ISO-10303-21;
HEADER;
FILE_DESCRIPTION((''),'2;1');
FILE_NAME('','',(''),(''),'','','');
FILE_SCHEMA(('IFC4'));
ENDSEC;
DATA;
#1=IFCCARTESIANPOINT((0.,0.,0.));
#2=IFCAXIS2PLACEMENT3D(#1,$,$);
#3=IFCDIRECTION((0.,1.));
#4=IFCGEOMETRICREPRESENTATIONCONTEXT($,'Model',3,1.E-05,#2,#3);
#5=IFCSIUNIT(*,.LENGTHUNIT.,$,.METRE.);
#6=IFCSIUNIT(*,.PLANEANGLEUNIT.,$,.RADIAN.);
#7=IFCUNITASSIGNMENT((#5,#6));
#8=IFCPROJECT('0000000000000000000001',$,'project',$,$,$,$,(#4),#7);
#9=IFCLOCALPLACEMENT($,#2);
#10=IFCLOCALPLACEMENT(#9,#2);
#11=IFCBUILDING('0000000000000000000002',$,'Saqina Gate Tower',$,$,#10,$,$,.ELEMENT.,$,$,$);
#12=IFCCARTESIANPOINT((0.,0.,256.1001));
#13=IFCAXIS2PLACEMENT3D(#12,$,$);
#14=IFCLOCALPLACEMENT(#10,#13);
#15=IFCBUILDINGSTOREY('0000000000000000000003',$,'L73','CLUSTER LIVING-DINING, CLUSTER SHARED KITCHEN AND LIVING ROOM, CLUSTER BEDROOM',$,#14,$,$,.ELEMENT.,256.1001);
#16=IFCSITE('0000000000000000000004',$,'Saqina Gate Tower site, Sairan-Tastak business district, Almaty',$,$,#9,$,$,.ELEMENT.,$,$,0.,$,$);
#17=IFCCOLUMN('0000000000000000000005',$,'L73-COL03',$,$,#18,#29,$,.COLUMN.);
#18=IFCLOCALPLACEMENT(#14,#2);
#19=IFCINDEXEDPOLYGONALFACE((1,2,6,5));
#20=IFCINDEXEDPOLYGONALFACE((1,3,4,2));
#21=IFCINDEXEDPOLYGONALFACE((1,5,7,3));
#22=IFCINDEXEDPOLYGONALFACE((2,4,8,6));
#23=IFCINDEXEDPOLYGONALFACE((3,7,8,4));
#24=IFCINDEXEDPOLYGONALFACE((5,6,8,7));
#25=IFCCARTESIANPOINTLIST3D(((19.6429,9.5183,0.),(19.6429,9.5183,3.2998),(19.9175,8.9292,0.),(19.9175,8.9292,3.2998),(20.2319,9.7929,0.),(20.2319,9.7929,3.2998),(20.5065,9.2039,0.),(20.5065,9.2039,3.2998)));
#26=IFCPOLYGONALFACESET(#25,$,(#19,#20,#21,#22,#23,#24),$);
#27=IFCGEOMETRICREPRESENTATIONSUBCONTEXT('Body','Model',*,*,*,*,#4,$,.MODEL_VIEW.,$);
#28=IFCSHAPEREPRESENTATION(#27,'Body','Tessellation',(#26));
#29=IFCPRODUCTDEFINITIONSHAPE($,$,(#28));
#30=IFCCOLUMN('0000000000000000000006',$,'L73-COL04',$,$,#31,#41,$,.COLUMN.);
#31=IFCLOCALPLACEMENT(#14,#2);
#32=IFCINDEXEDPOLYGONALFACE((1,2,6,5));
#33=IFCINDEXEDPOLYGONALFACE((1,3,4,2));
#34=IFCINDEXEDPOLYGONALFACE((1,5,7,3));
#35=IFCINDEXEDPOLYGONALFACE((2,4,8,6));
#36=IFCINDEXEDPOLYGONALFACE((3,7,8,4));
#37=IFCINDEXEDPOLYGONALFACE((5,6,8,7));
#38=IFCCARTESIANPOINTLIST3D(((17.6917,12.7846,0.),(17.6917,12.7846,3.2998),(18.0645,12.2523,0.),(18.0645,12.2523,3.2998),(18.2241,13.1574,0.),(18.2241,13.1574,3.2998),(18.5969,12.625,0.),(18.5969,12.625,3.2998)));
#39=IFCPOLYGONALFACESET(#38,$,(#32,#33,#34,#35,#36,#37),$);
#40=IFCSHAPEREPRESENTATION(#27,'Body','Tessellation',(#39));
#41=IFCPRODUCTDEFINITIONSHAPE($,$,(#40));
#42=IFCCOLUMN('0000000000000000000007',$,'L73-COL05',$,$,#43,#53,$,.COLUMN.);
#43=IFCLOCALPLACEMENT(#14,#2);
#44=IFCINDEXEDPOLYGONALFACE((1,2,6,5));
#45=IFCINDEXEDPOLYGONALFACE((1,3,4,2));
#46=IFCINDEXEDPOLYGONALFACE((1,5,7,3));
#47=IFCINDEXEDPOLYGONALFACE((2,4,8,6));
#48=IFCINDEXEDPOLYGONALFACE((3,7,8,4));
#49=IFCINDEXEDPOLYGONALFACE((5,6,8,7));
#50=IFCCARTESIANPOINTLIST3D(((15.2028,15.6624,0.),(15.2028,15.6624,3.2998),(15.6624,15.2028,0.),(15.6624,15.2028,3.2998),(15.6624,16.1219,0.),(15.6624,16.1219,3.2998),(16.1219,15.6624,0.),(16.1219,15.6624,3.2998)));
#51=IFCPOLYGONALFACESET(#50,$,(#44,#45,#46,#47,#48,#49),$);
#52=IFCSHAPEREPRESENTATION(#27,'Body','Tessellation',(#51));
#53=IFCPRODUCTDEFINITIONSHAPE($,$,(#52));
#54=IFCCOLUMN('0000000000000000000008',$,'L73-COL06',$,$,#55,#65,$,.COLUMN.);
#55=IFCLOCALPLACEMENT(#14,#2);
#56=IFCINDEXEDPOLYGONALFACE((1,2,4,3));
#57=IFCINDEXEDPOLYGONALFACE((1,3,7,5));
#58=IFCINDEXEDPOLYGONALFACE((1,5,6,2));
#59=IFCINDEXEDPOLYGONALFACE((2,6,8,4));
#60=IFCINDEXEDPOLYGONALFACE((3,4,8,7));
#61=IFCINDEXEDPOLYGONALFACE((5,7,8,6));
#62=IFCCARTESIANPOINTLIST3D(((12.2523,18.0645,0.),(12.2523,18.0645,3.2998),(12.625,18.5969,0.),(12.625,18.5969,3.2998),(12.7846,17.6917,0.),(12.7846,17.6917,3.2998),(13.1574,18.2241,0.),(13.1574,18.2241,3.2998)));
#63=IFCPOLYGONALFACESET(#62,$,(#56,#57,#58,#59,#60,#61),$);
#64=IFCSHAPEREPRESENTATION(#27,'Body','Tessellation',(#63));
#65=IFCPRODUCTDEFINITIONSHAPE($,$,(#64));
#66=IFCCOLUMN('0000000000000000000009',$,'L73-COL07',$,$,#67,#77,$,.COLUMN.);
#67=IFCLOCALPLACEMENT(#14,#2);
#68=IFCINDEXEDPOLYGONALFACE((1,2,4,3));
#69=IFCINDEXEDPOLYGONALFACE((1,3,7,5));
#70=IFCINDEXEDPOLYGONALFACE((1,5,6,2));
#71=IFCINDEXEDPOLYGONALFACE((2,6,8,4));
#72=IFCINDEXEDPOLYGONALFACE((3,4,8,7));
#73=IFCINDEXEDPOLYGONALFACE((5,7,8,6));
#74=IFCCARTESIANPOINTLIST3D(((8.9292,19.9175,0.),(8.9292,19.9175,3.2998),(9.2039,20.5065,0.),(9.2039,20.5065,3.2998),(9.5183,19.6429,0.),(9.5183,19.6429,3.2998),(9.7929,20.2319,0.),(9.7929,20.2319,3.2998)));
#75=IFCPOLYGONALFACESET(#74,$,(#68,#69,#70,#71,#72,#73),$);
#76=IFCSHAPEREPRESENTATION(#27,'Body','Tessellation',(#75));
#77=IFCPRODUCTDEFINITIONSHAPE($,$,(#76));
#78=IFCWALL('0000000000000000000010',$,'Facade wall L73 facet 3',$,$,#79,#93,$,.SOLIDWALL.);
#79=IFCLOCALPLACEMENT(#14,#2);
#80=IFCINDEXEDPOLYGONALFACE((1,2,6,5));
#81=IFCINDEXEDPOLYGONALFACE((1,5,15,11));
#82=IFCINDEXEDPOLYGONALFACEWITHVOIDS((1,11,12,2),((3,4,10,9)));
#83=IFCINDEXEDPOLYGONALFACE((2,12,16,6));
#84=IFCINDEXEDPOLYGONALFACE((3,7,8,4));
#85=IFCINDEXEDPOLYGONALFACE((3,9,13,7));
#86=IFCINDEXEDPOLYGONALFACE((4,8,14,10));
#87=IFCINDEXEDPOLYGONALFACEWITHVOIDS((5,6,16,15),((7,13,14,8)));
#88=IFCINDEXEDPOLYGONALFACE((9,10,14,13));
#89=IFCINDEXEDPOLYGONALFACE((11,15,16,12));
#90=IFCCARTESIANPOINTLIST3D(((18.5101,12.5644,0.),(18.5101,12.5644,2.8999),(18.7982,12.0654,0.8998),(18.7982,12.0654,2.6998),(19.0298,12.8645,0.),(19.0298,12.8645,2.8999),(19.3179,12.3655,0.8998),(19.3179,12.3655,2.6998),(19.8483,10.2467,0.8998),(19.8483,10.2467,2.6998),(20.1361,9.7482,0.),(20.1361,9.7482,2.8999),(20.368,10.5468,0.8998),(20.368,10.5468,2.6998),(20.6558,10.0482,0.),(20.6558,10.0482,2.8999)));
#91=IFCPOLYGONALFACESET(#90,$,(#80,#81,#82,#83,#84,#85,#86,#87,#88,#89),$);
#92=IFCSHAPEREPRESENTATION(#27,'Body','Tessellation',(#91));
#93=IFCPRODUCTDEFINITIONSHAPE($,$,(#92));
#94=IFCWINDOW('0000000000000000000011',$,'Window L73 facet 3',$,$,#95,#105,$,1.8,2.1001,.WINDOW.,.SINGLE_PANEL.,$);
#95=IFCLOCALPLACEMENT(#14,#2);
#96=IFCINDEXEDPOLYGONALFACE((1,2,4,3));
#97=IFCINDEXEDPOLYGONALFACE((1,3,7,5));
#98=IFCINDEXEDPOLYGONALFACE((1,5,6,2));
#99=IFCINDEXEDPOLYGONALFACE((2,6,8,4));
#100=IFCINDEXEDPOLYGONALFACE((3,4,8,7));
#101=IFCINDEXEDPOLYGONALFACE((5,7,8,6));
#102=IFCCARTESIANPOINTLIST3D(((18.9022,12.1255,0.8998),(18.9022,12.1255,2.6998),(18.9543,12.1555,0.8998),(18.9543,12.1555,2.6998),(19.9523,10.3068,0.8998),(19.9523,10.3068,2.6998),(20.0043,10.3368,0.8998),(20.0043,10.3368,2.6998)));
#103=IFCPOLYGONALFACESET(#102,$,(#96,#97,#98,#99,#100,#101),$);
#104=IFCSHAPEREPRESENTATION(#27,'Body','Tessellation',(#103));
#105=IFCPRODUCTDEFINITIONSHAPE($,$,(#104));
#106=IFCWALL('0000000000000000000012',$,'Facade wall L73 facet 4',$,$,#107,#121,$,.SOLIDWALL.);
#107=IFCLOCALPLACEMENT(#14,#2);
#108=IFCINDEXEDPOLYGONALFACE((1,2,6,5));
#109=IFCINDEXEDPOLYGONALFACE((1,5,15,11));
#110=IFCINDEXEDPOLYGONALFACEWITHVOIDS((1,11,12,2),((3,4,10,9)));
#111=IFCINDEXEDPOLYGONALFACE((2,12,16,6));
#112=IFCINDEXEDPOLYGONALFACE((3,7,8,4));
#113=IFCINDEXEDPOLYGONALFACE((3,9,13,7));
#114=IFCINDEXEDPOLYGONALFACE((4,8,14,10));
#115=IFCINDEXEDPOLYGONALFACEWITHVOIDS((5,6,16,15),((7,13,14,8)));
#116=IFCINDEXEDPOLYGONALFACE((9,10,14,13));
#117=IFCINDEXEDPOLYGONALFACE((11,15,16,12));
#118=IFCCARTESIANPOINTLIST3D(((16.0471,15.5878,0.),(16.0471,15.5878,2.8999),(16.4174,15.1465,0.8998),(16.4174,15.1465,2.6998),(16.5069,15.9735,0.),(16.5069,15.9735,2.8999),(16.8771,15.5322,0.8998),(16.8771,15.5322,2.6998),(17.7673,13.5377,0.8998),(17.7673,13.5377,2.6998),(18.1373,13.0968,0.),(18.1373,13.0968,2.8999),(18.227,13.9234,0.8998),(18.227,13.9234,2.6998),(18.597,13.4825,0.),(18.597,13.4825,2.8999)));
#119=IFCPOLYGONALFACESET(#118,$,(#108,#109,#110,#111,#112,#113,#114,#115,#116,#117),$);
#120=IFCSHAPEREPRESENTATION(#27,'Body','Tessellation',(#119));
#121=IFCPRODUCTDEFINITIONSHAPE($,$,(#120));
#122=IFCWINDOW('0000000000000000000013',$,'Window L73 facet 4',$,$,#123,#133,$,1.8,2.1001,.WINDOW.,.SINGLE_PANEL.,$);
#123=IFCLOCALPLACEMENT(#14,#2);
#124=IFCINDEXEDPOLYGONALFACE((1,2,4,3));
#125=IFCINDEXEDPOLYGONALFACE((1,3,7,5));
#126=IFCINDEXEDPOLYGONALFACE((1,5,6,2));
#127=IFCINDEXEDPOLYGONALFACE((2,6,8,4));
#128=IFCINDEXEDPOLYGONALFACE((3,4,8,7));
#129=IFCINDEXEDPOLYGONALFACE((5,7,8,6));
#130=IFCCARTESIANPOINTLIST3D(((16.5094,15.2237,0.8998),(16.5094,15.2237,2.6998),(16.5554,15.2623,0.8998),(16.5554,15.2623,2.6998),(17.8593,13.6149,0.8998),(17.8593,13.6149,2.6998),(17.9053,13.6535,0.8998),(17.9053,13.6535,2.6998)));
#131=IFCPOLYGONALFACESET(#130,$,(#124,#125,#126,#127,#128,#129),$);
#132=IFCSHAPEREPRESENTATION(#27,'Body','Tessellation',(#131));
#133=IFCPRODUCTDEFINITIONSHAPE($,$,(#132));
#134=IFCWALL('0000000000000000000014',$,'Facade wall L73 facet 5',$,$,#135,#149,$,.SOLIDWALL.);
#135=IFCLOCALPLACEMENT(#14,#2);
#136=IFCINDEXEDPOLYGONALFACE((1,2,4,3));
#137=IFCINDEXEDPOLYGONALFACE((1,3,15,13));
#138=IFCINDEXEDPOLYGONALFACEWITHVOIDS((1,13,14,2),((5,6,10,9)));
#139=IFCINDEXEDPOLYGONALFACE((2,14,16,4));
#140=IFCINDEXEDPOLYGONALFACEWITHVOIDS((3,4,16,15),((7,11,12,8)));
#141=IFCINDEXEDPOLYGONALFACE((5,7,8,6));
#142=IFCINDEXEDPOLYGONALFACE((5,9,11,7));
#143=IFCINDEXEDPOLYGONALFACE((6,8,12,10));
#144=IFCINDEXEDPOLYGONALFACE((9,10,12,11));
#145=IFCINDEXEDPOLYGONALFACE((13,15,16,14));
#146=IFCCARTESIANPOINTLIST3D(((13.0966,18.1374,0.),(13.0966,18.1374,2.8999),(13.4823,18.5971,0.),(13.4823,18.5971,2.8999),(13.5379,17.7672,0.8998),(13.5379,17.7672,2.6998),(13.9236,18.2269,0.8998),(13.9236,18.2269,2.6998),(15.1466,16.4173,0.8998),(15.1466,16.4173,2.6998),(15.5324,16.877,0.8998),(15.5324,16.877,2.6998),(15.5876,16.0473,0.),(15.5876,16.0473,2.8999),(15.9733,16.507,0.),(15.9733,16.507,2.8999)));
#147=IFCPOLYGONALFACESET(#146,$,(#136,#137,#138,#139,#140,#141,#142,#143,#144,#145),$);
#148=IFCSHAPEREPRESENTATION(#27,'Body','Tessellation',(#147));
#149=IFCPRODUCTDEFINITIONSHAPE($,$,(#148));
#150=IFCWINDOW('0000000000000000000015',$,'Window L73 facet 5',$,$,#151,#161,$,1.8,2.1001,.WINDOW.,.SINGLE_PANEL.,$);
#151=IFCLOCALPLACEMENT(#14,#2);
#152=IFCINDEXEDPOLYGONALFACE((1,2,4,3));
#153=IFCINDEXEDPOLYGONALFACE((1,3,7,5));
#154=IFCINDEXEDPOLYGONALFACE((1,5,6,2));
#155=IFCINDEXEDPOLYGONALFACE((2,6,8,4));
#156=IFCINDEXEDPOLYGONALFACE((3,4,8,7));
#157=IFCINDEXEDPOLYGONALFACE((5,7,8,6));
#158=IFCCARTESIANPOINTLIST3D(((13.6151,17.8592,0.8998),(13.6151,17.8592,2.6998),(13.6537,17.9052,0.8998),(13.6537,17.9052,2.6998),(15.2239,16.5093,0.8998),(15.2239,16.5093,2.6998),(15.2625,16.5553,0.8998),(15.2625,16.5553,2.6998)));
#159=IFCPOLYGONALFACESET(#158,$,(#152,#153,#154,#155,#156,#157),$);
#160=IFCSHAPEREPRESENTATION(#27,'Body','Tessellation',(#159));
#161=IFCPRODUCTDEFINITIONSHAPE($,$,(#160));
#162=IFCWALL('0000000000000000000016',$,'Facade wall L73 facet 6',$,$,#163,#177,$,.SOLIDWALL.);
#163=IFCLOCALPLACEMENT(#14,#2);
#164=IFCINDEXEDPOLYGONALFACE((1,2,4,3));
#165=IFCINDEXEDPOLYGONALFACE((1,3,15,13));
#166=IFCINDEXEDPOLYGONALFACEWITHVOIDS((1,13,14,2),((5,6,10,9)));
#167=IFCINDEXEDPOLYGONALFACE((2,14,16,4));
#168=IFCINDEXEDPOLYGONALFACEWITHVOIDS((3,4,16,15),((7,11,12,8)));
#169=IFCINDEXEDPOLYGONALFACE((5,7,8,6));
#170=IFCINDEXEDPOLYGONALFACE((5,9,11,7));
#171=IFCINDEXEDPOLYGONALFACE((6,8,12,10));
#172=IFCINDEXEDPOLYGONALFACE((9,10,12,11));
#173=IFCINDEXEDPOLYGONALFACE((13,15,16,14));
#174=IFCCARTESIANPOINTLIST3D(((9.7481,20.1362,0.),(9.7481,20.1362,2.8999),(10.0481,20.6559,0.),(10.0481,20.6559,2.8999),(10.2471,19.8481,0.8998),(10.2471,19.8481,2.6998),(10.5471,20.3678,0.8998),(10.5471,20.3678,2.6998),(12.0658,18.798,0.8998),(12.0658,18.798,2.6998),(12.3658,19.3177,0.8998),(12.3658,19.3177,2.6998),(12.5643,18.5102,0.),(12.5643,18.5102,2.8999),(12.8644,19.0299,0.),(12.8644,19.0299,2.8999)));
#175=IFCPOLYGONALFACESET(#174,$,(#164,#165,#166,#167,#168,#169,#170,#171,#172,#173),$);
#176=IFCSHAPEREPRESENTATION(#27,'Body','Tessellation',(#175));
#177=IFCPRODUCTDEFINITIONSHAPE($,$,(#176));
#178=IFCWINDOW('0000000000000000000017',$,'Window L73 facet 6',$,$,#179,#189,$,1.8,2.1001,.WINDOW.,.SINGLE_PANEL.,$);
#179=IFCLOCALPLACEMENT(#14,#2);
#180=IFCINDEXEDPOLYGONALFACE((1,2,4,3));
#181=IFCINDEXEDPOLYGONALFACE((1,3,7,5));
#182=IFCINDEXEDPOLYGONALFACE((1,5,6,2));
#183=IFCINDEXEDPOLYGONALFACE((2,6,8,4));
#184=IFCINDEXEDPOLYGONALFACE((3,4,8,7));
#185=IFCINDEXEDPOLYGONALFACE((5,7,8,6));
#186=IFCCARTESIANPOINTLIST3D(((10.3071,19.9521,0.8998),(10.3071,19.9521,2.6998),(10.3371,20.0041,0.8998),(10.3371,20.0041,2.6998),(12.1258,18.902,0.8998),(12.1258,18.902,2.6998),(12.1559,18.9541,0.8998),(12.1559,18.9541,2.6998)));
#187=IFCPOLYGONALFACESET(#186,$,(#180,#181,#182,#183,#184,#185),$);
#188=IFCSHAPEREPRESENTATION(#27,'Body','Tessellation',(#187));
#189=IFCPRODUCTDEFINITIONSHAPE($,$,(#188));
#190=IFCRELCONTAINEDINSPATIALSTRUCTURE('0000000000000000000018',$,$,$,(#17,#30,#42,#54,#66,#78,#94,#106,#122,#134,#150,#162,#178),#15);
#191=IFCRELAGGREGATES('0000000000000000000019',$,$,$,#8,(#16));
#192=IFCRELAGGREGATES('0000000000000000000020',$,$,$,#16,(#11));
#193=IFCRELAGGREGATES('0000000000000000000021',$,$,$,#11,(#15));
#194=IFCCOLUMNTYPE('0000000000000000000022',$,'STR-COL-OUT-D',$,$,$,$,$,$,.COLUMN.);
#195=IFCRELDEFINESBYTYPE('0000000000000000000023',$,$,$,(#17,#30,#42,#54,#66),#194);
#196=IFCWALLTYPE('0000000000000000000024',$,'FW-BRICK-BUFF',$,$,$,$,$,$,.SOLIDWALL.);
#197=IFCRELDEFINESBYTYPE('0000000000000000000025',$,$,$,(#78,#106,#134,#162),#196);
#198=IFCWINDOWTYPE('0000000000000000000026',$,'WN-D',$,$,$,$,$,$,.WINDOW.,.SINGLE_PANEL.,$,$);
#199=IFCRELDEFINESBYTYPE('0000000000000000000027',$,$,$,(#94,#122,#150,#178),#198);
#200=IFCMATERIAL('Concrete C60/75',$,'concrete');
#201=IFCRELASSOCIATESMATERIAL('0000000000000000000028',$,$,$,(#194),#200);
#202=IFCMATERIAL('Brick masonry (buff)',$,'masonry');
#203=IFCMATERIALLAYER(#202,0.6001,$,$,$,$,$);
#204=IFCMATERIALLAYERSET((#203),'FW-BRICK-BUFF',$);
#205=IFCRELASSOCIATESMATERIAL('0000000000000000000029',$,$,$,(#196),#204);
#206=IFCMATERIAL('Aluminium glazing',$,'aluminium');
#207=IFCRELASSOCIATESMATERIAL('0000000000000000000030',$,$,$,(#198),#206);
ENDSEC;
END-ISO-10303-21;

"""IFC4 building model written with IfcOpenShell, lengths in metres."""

from ifc_helpers import new_model, si_unit, direction, frame, frame_2d, origin, origin_2d, place, context, subcontext, project, spatial, rectangle, extrude, material, layer, layer_set, material_profile, profile_set, type_object, element, fill, save


model = new_model("IFC4")

# Units and contexts
model_context = context("Model", 3, precision=1e-05, world=origin(), true_north=direction((0.0, 1.0)))
body_context = subcontext(model_context, "Body", "Model", "MODEL_VIEW")
ifc_project = project(units=[si_unit("LENGTHUNIT", "METRE"), si_unit("PLANEANGLEUNIT", "RADIAN")], contexts=[model_context])

# Site, building, storey
site_placement = place(None, origin())
site = spatial("IfcSite", under=ifc_project, at=site_placement, Name="Saqina Gate Tower site, Sairan-Tastak business district, Almaty", CompositionType="ELEMENT", RefElevation=0.0)
building_placement = place(site_placement, origin())
building = spatial("IfcBuilding", under=site, at=building_placement, Name="Saqina Gate Tower", CompositionType="ELEMENT")
storey_placement = place(building_placement, frame((0.0, 0.0, 256.1001)))
storey = spatial("IfcBuildingStorey", under=building, at=storey_placement, Name="L73", Description="CLUSTER LIVING-DINING, CLUSTER SHARED KITCHEN AND LIVING ROOM, CLUSTER BEDROOM", CompositionType="ELEMENT", Elevation=256.1001)

# Columns
ifc_material_1 = material(Name="Concrete C60/75", Category="concrete")
ifc_material_profile = material_profile(ifc_material_1, rectangle(XDim=0.6499, YDim=0.6499, at=origin_2d()), Name="RC 650x650")
ifc_profile_set = profile_set([ifc_material_profile], Name="Concrete C60/75")
column_type = type_object("IfcColumnType", Name="STR-COL-OUT-D", PredefinedType="COLUMN", material=ifc_profile_set)
for number, where, z_axis, x_axis, name in (
    (1, (20.0747, 9.3611, 0.0), (0.0, 0.0, 1.0), (0.906308, 0.422618, 0.0), "L73-COL03"),
    (2, (18.1443, 12.7048, 0.0), (0.0, 0.0, 1.0), (0.819152, 0.573576, 0.0), "L73-COL04"),
    (3, (15.6624, 15.6624, 0.0), (0.0, 0.0, 1.0), (0.707107, 0.707107, 0.0), "L73-COL05"),
    (4, (12.7048, 18.1443, 0.0), (0.0, 0.0, 1.0), (0.573576, 0.819152, 0.0), "L73-COL06"),
    (5, (9.3611, 20.0747, 0.0), (0.0, 0.0, 1.0), (0.422618, 0.906308, 0.0), "L73-COL07"),
):
    element("IfcColumn", number, at=place(storey_placement, frame(where, z_axis=z_axis, x_axis=x_axis)), inside=storey, type_object=column_type, Name=name, PredefinedType="COLUMN", context=body_context, shape_type="SweptSolid", body=[
        extrude(rectangle(XDim=0.6499, YDim=0.6499, at=origin_2d()), origin(), (0.0, 0.0, 1.0), 3.2998),
    ])

# Walls, openings, windows
ifc_material_2 = material(Name="Brick masonry (buff)", Category="masonry")
ifc_layer_1 = layer(ifc_material_2, 0.6001)
ifc_layer_set_1 = layer_set([ifc_layer_1], Name="FW-BRICK-BUFF")
wall_type_1 = type_object("IfcWallType", Name="FW-BRICK-BUFF", PredefinedType="SOLIDWALL", material=ifc_layer_set_1)
wall_1_placement = place(storey_placement, frame((20.396, 9.8982, 0.0), z_axis=(0.0, 0.0, 1.0), x_axis=(-0.500015, 0.866017, 0.0)))
wall_1 = element("IfcWall", 6, at=wall_1_placement, inside=storey, type_object=wall_type_1, Name="Facade wall L73 facet 3", PredefinedType="SOLIDWALL", context=body_context, shape_type="SweptSolid", body=[
    extrude(rectangle(XDim=3.252, YDim=0.6001, at=frame_2d((1.626, 0.0))), origin(), (0.0, 0.0, 1.0), 2.8999),
])
opening_1_placement = place(wall_1_placement, frame((0.5757, 0.0, 0.8999)))
opening_1 = element("IfcOpeningElement", 7, at=opening_1_placement, cuts=wall_1, PredefinedType="OPENING", context=body_context, shape_type="SweptSolid", body=[
    extrude(rectangle(XDim=2.1001, YDim=1.8, at=frame_2d((1.05, 0.8999))), frame((0.0, 0.312, 0.0), z_axis=(0.0, -1.0, 0.0), x_axis=(1.0, 0.0, 0.0)), (0.0, 0.0, 1.0), 0.624),
])
ifc_material_3 = material(Name="Aluminium glazing", Category="aluminium")
window_type = type_object("IfcWindowType", Name="WN-D", PartitioningType="SINGLE_PANEL", PredefinedType="WINDOW", material=ifc_material_3)
window_1_placement = place(opening_1_placement, origin())
window_1 = element("IfcWindow", 8, at=window_1_placement, inside=storey, type_object=window_type, Name="Window L73 facet 3", OverallHeight=1.8, OverallWidth=2.1001, PartitioningType="SINGLE_PANEL", PredefinedType="WINDOW", context=body_context, shape_type="SweptSolid", body=[
    extrude(rectangle(XDim=2.1001, YDim=1.8, at=frame_2d((1.05, 0.8999))), frame((0.0, 0.1799, 0.0), z_axis=(0.0, -1.0, 0.0), x_axis=(1.0, 0.0, 0.0)), (0.0, 0.0, 1.0), 0.0601),
])
fill(opening_1, window_1)
wall_2_placement = place(storey_placement, frame((18.3672, 13.2896, 0.0), z_axis=(0.0, 0.0, 1.0), x_axis=(-0.642773, 0.766057, 0.0)))
wall_2 = element("IfcWall", 9, at=wall_2_placement, inside=storey, type_object=wall_type_1, Name="Facade wall L73 facet 4", PredefinedType="SOLIDWALL", context=body_context, shape_type="SweptSolid", body=[
    extrude(rectangle(XDim=3.2517, YDim=0.6001, at=frame_2d((1.626, 0.0))), origin(), (0.0, 0.0, 1.0), 2.8999),
])
opening_2_placement = place(wall_2_placement, frame((0.5757, 0.0, 0.8999)))
opening_2 = element("IfcOpeningElement", 10, at=opening_2_placement, cuts=wall_2, PredefinedType="OPENING", context=body_context, shape_type="SweptSolid", body=[
    extrude(rectangle(XDim=2.1001, YDim=1.8, at=frame_2d((1.05, 0.8999))), frame((0.0, 0.312, 0.0), z_axis=(0.0, -1.0, 0.0), x_axis=(1.0, 0.0, 0.0)), (0.0, 0.0, 1.0), 0.624),
])
window_2_placement = place(opening_2_placement, origin())
window_2 = element("IfcWindow", 11, at=window_2_placement, inside=storey, type_object=window_type, Name="Window L73 facet 4", OverallHeight=1.8, OverallWidth=2.1001, PartitioningType="SINGLE_PANEL", PredefinedType="WINDOW", context=body_context, shape_type="SweptSolid", body=[
    extrude(rectangle(XDim=2.1001, YDim=1.8, at=frame_2d((1.05, 0.8999))), frame((0.0, 0.1799, 0.0), z_axis=(0.0, -1.0, 0.0), x_axis=(1.0, 0.0, 0.0)), (0.0, 0.0, 1.0), 0.0601),
])
fill(opening_2, window_2)
wall_3_placement = place(storey_placement, frame((15.7805, 16.2771, 0.0), z_axis=(0.0, 0.0, 1.0), x_axis=(-0.766057, 0.642773, 0.0)))
wall_3 = element("IfcWall", 12, at=wall_3_placement, inside=storey, type_object=wall_type_1, Name="Facade wall L73 facet 5", PredefinedType="SOLIDWALL", context=body_context, shape_type="SweptSolid", body=[
    extrude(rectangle(XDim=3.2517, YDim=0.6001, at=frame_2d((1.626, 0.0))), origin(), (0.0, 0.0, 1.0), 2.8999),
])
opening_3_placement = place(wall_3_placement, frame((0.5757, 0.0, 0.8999)))
opening_3 = element("IfcOpeningElement", 13, at=opening_3_placement, cuts=wall_3, PredefinedType="OPENING", context=body_context, shape_type="SweptSolid", body=[
    extrude(rectangle(XDim=2.1001, YDim=1.8, at=frame_2d((1.05, 0.8999))), frame((0.0, 0.312, 0.0), z_axis=(0.0, -1.0, 0.0), x_axis=(1.0, 0.0, 0.0)), (0.0, 0.0, 1.0), 0.624),
])
window_3_placement = place(opening_3_placement, origin())
window_3 = element("IfcWindow", 14, at=window_3_placement, inside=storey, type_object=window_type, Name="Window L73 facet 5", OverallHeight=1.8, OverallWidth=2.1001, PartitioningType="SINGLE_PANEL", PredefinedType="WINDOW", context=body_context, shape_type="SweptSolid", body=[
    extrude(rectangle(XDim=2.1001, YDim=1.8, at=frame_2d((1.05, 0.8999))), frame((0.0, 0.1799, 0.0), z_axis=(0.0, -1.0, 0.0), x_axis=(1.0, 0.0, 0.0)), (0.0, 0.0, 1.0), 0.0601),
])
fill(opening_3, window_3)
wall_4_placement = place(storey_placement, frame((12.7144, 18.77, 0.0), z_axis=(0.0, 0.0, 1.0), x_axis=(-0.866017, 0.500015, 0.0)))
wall_4 = element("IfcWall", 15, at=wall_4_placement, inside=storey, type_object=wall_type_1, Name="Facade wall L73 facet 6", PredefinedType="SOLIDWALL", context=body_context, shape_type="SweptSolid", body=[
    extrude(rectangle(XDim=3.252, YDim=0.6001, at=frame_2d((1.626, 0.0))), origin(), (0.0, 0.0, 1.0), 2.8999),
])
opening_4_placement = place(wall_4_placement, frame((0.5757, 0.0, 0.8999)))
opening_4 = element("IfcOpeningElement", 16, at=opening_4_placement, cuts=wall_4, PredefinedType="OPENING", context=body_context, shape_type="SweptSolid", body=[
    extrude(rectangle(XDim=2.1001, YDim=1.8, at=frame_2d((1.05, 0.8999))), frame((0.0, 0.312, 0.0), z_axis=(0.0, -1.0, 0.0), x_axis=(1.0, 0.0, 0.0)), (0.0, 0.0, 1.0), 0.624),
])
window_4_placement = place(opening_4_placement, origin())
window_4 = element("IfcWindow", 17, at=window_4_placement, inside=storey, type_object=window_type, Name="Window L73 facet 6", OverallHeight=1.8, OverallWidth=2.1001, PartitioningType="SINGLE_PANEL", PredefinedType="WINDOW", context=body_context, shape_type="SweptSolid", body=[
    extrude(rectangle(XDim=2.1001, YDim=1.8, at=frame_2d((1.05, 0.8999))), frame((0.0, 0.1799, 0.0), z_axis=(0.0, -1.0, 0.0), x_axis=(1.0, 0.0, 0.0)), (0.0, 0.0, 1.0), 0.0601),
])
fill(opening_4, window_4)

save(model, "model.ifc")
